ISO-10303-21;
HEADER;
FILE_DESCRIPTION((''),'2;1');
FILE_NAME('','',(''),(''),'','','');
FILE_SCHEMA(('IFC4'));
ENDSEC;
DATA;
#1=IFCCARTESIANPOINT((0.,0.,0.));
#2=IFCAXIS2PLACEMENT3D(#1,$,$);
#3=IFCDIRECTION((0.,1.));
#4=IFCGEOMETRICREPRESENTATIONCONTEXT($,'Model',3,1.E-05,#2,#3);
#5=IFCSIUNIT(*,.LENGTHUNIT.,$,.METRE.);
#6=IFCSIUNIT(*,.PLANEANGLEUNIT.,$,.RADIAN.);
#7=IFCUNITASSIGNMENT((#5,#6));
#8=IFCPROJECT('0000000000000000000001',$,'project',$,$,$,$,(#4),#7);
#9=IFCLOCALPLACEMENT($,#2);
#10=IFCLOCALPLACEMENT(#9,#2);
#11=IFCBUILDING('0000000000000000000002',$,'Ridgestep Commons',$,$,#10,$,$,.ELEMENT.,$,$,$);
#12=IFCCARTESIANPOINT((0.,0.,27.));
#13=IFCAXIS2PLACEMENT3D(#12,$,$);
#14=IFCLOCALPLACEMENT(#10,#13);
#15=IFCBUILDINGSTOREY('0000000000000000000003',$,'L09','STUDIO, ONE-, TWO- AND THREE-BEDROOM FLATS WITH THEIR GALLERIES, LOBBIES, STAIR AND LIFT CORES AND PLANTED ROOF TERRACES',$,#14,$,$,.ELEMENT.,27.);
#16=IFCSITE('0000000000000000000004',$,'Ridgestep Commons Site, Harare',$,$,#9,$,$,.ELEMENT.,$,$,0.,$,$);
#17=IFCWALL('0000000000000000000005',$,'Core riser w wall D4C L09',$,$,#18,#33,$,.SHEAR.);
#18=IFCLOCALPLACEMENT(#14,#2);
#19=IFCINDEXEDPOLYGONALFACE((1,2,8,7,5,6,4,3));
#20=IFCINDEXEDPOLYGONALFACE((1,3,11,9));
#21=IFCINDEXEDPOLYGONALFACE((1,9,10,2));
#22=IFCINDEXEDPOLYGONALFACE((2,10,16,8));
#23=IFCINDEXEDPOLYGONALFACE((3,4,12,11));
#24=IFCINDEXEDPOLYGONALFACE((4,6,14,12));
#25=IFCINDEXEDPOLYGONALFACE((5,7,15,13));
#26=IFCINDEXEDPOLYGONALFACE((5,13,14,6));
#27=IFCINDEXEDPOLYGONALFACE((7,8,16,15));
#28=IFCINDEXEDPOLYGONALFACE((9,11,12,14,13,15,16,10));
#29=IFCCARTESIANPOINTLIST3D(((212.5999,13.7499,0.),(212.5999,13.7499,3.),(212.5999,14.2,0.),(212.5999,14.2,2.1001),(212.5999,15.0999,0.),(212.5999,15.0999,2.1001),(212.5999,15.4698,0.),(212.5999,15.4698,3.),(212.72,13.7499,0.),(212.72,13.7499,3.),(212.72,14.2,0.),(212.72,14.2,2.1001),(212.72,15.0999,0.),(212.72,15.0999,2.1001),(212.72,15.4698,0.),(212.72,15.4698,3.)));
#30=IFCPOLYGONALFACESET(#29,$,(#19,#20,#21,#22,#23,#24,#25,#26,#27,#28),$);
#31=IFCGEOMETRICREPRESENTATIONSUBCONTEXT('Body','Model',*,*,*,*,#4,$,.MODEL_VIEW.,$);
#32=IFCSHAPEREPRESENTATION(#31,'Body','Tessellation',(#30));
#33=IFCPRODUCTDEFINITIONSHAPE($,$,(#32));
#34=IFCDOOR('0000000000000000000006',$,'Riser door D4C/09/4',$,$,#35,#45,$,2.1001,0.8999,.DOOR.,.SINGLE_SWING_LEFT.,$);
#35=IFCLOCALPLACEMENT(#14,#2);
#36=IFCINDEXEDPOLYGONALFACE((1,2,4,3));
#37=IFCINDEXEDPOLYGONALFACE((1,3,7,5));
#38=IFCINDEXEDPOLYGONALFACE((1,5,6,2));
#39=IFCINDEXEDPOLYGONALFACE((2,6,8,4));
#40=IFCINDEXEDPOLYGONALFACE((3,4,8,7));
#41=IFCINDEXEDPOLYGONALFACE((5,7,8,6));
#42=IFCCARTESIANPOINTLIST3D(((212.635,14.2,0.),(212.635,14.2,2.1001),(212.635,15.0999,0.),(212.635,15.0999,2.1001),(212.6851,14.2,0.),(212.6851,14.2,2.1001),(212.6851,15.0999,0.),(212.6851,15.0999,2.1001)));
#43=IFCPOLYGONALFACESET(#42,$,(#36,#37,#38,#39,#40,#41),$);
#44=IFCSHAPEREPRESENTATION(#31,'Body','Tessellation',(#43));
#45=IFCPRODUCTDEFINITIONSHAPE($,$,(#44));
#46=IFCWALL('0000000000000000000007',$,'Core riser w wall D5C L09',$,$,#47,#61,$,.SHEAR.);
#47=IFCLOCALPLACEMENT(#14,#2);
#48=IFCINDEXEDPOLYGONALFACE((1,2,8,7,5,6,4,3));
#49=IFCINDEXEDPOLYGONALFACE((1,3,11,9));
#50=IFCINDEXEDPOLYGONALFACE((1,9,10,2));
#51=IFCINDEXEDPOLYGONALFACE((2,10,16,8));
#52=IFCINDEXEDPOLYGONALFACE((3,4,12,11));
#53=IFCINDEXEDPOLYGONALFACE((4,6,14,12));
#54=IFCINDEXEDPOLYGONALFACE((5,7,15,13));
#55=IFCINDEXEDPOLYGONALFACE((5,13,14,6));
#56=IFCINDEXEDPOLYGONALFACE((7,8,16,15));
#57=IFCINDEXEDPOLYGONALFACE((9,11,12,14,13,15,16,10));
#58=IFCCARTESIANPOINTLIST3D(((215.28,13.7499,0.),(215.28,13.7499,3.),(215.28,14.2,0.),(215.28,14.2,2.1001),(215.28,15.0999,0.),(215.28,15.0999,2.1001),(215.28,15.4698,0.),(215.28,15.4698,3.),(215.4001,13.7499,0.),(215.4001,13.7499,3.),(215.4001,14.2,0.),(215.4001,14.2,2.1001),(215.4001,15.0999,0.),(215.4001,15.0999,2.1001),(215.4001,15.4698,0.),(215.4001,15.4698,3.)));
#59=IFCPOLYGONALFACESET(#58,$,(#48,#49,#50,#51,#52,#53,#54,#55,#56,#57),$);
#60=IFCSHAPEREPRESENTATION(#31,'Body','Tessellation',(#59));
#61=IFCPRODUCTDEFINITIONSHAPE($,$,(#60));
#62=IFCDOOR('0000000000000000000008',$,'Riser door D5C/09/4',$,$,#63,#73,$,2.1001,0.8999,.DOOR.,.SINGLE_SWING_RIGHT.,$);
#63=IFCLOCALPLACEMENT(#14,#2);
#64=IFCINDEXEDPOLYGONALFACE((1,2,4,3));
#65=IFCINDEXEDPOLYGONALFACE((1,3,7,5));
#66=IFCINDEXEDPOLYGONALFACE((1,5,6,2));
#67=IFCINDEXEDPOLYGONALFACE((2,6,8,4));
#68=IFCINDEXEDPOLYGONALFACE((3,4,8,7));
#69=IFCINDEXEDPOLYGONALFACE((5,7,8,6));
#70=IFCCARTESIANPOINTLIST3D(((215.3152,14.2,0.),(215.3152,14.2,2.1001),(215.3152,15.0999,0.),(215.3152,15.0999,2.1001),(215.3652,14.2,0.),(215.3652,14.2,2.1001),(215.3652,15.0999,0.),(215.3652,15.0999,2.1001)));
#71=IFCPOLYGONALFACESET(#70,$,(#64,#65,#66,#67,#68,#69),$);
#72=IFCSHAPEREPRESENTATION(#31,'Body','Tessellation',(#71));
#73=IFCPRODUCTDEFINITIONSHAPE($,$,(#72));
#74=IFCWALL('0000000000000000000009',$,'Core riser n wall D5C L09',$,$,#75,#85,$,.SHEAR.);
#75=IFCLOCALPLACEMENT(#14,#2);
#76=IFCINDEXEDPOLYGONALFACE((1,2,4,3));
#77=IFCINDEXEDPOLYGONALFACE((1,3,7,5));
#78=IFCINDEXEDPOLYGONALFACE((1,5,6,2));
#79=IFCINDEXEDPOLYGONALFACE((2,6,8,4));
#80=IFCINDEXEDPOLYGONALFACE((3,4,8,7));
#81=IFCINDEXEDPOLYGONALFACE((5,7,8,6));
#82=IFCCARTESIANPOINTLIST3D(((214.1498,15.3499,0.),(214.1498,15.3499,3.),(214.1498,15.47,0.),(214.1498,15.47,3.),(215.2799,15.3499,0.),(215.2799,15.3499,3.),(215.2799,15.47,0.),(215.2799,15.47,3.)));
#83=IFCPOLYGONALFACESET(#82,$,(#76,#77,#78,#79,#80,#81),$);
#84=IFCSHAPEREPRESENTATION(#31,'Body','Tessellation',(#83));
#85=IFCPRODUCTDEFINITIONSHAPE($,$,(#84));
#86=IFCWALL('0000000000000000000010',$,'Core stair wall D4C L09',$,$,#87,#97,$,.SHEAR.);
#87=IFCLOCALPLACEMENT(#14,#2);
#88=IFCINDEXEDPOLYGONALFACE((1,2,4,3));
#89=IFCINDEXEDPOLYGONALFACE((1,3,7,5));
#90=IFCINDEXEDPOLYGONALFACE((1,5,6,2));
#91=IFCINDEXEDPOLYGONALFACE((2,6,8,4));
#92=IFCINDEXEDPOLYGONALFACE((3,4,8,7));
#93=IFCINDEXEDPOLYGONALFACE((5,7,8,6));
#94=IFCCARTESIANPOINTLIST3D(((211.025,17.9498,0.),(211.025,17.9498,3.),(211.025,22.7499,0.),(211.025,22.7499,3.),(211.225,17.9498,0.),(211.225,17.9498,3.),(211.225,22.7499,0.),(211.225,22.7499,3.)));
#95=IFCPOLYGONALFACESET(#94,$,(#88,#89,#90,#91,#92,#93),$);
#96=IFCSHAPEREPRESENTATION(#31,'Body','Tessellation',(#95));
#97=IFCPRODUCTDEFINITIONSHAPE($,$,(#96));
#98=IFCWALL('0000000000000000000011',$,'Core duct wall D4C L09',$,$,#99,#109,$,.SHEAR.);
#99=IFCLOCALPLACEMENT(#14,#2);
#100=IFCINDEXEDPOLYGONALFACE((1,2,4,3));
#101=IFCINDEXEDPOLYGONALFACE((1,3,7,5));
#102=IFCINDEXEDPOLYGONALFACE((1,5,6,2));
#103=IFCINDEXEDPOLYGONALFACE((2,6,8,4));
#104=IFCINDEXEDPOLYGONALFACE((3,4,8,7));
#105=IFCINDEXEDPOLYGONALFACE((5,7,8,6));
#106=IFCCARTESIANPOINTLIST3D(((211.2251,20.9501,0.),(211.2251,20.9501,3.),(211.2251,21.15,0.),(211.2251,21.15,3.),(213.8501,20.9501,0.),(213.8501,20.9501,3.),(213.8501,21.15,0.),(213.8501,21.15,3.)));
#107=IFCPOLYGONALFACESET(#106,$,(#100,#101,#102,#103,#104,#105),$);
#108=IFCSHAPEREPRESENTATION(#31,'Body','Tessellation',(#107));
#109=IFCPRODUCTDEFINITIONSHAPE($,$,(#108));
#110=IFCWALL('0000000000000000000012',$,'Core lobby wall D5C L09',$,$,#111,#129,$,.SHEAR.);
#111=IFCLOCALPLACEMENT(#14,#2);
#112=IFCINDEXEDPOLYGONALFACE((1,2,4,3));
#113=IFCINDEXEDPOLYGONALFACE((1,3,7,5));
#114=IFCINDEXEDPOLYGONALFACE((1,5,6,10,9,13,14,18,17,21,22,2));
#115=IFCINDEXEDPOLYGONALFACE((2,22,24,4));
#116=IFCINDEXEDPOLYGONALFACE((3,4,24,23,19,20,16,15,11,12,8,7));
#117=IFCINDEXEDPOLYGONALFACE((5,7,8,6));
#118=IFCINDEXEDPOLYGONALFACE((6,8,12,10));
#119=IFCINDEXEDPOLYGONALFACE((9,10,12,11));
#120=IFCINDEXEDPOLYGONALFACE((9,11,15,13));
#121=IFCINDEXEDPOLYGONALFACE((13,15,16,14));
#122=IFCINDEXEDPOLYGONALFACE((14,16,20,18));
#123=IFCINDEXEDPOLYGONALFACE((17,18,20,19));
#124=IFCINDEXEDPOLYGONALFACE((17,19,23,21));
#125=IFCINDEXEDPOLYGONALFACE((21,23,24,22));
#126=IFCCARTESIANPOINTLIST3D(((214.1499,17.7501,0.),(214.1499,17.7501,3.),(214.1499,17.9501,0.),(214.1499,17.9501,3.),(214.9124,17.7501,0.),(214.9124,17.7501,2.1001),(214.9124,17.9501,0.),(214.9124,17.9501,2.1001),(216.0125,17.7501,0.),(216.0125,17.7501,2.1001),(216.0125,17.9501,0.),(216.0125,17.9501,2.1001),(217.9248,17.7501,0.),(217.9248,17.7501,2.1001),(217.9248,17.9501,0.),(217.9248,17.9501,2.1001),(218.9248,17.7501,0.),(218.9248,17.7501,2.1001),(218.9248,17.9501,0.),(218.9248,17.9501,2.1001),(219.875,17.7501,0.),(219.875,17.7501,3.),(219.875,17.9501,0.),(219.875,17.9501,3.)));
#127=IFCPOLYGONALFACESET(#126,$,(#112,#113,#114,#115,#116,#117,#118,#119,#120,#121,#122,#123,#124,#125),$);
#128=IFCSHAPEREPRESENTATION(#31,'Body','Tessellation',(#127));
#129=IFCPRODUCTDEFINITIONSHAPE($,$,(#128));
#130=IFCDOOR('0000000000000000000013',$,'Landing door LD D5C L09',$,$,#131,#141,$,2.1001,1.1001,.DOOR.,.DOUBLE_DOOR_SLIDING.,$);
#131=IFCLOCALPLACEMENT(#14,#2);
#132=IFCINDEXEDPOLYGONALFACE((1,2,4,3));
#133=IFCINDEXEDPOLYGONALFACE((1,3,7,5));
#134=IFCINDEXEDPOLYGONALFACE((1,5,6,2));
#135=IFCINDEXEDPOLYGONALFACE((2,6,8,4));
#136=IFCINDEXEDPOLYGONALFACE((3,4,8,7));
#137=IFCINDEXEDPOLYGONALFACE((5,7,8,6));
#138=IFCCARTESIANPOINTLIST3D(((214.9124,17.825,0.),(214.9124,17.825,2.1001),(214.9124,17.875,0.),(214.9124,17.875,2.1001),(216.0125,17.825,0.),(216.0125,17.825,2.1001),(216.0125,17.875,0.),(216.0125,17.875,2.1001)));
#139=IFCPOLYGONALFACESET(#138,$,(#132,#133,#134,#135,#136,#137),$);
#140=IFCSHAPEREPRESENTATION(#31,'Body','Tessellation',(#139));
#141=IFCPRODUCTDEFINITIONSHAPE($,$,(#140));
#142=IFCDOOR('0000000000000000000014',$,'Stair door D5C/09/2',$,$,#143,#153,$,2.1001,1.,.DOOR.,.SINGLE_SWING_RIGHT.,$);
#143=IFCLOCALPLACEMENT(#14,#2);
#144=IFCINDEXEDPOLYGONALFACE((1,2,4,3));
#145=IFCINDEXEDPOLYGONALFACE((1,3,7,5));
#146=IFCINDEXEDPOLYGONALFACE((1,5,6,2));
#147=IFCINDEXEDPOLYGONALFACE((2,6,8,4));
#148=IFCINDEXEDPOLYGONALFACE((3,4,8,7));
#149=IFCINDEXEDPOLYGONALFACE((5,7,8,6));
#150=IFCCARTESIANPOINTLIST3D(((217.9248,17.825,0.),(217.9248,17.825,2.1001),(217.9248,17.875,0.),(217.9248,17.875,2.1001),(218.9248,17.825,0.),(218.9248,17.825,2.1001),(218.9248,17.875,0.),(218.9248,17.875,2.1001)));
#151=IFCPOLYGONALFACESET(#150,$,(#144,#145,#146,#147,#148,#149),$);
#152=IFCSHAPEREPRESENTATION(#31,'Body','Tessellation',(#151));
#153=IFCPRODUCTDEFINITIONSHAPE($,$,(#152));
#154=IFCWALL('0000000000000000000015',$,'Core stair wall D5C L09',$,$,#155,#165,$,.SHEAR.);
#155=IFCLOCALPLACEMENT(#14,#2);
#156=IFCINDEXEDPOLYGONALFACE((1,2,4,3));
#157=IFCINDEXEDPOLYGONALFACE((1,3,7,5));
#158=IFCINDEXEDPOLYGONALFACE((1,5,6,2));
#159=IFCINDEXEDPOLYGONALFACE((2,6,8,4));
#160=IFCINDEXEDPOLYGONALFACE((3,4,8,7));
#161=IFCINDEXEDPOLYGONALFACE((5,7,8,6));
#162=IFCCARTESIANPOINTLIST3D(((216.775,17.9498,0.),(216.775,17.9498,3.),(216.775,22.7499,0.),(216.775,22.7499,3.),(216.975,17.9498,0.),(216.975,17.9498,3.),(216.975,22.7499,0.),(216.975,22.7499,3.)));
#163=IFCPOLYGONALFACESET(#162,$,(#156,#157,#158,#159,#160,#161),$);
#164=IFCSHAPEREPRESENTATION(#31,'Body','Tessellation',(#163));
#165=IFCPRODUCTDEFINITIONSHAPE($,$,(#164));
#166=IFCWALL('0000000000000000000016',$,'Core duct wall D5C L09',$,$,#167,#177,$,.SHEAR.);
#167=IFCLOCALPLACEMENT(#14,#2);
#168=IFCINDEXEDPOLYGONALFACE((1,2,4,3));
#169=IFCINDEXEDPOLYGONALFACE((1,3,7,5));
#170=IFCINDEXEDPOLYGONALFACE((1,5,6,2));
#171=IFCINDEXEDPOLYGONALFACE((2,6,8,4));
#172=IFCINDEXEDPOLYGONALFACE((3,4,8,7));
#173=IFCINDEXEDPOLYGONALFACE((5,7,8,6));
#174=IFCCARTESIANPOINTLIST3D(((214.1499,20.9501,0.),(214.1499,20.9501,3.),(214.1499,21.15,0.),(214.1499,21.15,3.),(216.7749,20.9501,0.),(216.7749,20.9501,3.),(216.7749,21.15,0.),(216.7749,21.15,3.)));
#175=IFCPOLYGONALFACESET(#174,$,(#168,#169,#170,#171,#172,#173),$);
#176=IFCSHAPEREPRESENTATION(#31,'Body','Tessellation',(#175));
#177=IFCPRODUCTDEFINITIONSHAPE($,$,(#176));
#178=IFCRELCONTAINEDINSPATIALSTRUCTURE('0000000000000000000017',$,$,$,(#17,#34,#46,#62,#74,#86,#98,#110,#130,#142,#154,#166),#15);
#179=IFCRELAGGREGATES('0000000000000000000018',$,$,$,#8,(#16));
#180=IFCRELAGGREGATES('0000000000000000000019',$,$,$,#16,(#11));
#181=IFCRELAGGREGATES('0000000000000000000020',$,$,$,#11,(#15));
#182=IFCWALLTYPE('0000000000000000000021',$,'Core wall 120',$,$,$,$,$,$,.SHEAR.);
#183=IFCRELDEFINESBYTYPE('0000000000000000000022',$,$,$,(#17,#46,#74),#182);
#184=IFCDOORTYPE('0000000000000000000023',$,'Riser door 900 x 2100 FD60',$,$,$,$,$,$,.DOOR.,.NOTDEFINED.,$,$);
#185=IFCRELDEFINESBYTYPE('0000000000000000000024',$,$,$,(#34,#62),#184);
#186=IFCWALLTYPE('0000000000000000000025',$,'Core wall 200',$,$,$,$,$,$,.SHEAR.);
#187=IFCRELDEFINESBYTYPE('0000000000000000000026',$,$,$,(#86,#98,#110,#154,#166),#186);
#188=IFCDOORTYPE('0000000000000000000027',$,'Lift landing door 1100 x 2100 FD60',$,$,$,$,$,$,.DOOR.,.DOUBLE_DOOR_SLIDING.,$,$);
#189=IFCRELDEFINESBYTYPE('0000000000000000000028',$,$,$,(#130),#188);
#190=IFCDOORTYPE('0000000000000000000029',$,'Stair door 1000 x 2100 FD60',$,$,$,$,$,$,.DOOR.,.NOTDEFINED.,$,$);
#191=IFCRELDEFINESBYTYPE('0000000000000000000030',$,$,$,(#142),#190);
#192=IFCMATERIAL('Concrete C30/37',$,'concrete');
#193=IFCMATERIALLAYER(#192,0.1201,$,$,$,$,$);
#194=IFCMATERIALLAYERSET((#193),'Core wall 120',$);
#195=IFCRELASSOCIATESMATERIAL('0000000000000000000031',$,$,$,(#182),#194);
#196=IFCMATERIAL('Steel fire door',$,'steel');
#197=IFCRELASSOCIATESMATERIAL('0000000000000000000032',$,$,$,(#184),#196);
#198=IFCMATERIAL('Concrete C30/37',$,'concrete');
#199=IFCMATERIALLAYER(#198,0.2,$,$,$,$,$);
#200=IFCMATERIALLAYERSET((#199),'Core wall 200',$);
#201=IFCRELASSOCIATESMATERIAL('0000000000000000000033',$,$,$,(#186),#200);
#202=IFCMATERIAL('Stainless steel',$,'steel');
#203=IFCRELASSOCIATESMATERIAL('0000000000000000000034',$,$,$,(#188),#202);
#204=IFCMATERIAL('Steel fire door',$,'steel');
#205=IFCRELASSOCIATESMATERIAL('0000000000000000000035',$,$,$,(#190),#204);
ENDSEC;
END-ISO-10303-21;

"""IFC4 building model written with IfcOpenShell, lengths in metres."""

from ifc_helpers import new_model, si_unit, direction, frame, frame_2d, origin, place, context, subcontext, project, spatial, rectangle, extrude, material, layer, layer_set, type_object, element, fill, save


model = new_model("IFC4")

# Units and contexts
model_context = context("Model", 3, precision=1e-05, world=origin(), true_north=direction((0.0, 1.0)))
body_context = subcontext(model_context, "Body", "Model", "MODEL_VIEW")
ifc_project = project(units=[si_unit("LENGTHUNIT", "METRE"), si_unit("PLANEANGLEUNIT", "RADIAN")], contexts=[model_context])

# Site, building, storey
site_placement = place(None, origin())
site = spatial("IfcSite", under=ifc_project, at=site_placement, Name="Ridgestep Commons Site, Harare", CompositionType="ELEMENT", RefElevation=0.0)
building_placement = place(site_placement, origin())
building = spatial("IfcBuilding", under=site, at=building_placement, Name="Ridgestep Commons", CompositionType="ELEMENT")
storey_placement = place(building_placement, frame((0.0, 0.0, 27.0)))
storey = spatial("IfcBuildingStorey", under=building, at=storey_placement, Name="L09", Description="STUDIO, ONE-, TWO- AND THREE-BEDROOM FLATS WITH THEIR GALLERIES, LOBBIES, STAIR AND LIFT CORES AND PLANTED ROOF TERRACES", CompositionType="ELEMENT", Elevation=27.0)

# Wall, opening, door
ifc_material_1 = material(Name="Concrete C30/37", Category="concrete")
ifc_layer_1 = layer(ifc_material_1, 0.1201)
ifc_layer_set_1 = layer_set([ifc_layer_1], Name="Core wall 120")
wall_type_1 = type_object("IfcWallType", Name="Core wall 120", PredefinedType="SHEAR", material=ifc_layer_set_1)
wall_1_placement = place(storey_placement, frame((212.6599, 13.75, 0.0), z_axis=(0.0, 0.0, 1.0), x_axis=(0.0, 1.0, 0.0)))
wall_1 = element("IfcWall", 1, at=wall_1_placement, inside=storey, type_object=wall_type_1, Name="Core riser w wall D4C L09", PredefinedType="SHEAR", context=body_context, shape_type="SweptSolid", body=[
    extrude(rectangle(XDim=1.72, YDim=0.1201, at=frame_2d((0.8599, 0.0))), origin(), (0.0, 0.0, 1.0), 3.0),
])
opening_1_placement = place(wall_1_placement, frame((0.45, 0.0, 0.0)))
opening_1 = element("IfcOpeningElement", 2, at=opening_1_placement, cuts=wall_1, PredefinedType="OPENING", context=body_context, shape_type="SweptSolid", body=[
    extrude(rectangle(XDim=0.8999, YDim=2.1001, at=frame_2d((0.45, 1.05))), frame((0.0, 0.0701, 0.0), z_axis=(0.0, -1.0, 0.0), x_axis=(1.0, 0.0, 0.0)), (0.0, 0.0, 1.0), 0.1401),
])
ifc_material_2 = material(Name="Steel fire door", Category="steel")
door_type_1 = type_object("IfcDoorType", Name="Riser door 900 x 2100 FD60", OperationType="NOTDEFINED", PredefinedType="DOOR", material=ifc_material_2)
door_1_placement = place(opening_1_placement, origin())
door_1 = element("IfcDoor", 3, at=door_1_placement, inside=storey, type_object=door_type_1, Name="Riser door D4C/09/4", OperationType="SINGLE_SWING_LEFT", OverallHeight=2.1001, OverallWidth=0.8999, PredefinedType="DOOR", context=body_context, shape_type="SweptSolid", body=[
    extrude(rectangle(XDim=0.8999, YDim=2.1001, at=frame_2d((0.45, 1.05))), frame((0.0, 0.0249, 0.0), z_axis=(0.0, -1.0, 0.0), x_axis=(1.0, 0.0, 0.0)), (0.0, 0.0, 1.0), 0.05),
])
fill(opening_1, door_1)

# Wall, opening, door
wall_2_placement = place(storey_placement, frame((215.3401, 13.75, 0.0), z_axis=(0.0, 0.0, 1.0), x_axis=(0.0, 1.0, 0.0)))
wall_2 = element("IfcWall", 4, at=wall_2_placement, inside=storey, type_object=wall_type_1, Name="Core riser w wall D5C L09", PredefinedType="SHEAR", context=body_context, shape_type="SweptSolid", body=[
    extrude(rectangle(XDim=1.72, YDim=0.1201, at=frame_2d((0.8599, 0.0))), origin(), (0.0, 0.0, 1.0), 3.0),
])
opening_2_placement = place(wall_2_placement, frame((0.45, 0.0, 0.0)))
opening_2 = element("IfcOpeningElement", 5, at=opening_2_placement, cuts=wall_2, PredefinedType="OPENING", context=body_context, shape_type="SweptSolid", body=[
    extrude(rectangle(XDim=0.8999, YDim=2.1001, at=frame_2d((0.45, 1.05))), frame((0.0, 0.0701, 0.0), z_axis=(0.0, -1.0, 0.0), x_axis=(1.0, 0.0, 0.0)), (0.0, 0.0, 1.0), 0.1401),
])
door_2_placement = place(opening_2_placement, origin())
door_2 = element("IfcDoor", 6, at=door_2_placement, inside=storey, type_object=door_type_1, Name="Riser door D5C/09/4", OperationType="SINGLE_SWING_RIGHT", OverallHeight=2.1001, OverallWidth=0.8999, PredefinedType="DOOR", context=body_context, shape_type="SweptSolid", body=[
    extrude(rectangle(XDim=0.8999, YDim=2.1001, at=frame_2d((0.45, 1.05))), frame((0.0, 0.0249, 0.0), z_axis=(0.0, -1.0, 0.0), x_axis=(1.0, 0.0, 0.0)), (0.0, 0.0, 1.0), 0.05),
])
fill(opening_2, door_2)

# Walls
wall_3_placement = place(storey_placement, frame((214.1499, 15.4099, 0.0), z_axis=(0.0, 0.0, 1.0), x_axis=(1.0, 0.0, 0.0)))
element("IfcWall", 7, at=wall_3_placement, inside=storey, type_object=wall_type_1, Name="Core riser n wall D5C L09", PredefinedType="SHEAR", context=body_context, shape_type="SweptSolid", body=[
    extrude(rectangle(XDim=1.1301, YDim=0.1201, at=frame_2d((0.5649, 0.0))), origin(), (0.0, 0.0, 1.0), 3.0),
])
ifc_material_3 = material(Name="Concrete C30/37", Category="concrete")
ifc_layer_2 = layer(ifc_material_3, 0.2)
ifc_layer_set_2 = layer_set([ifc_layer_2], Name="Core wall 200")
wall_type_2 = type_object("IfcWallType", Name="Core wall 200", PredefinedType="SHEAR", material=ifc_layer_set_2)
wall_4_placement = place(storey_placement, frame((211.125, 17.95, 0.0), z_axis=(0.0, 0.0, 1.0), x_axis=(0.0, 1.0, 0.0)))
element("IfcWall", 8, at=wall_4_placement, inside=storey, type_object=wall_type_2, Name="Core stair wall D4C L09", PredefinedType="SHEAR", context=body_context, shape_type="SweptSolid", body=[
    extrude(rectangle(XDim=4.8, YDim=0.2, at=frame_2d((2.3999, 0.0))), origin(), (0.0, 0.0, 1.0), 3.0),
])
wall_5_placement = place(storey_placement, frame((211.2251, 21.05, 0.0), z_axis=(0.0, 0.0, 1.0), x_axis=(1.0, 0.0, 0.0)))
element("IfcWall", 9, at=wall_5_placement, inside=storey, type_object=wall_type_2, Name="Core duct wall D4C L09", PredefinedType="SHEAR", context=body_context, shape_type="SweptSolid", body=[
    extrude(rectangle(XDim=2.625, YDim=0.2, at=frame_2d((1.3125, 0.0))), origin(), (0.0, 0.0, 1.0), 3.0),
])

# Wall, openings, doors
wall_6_placement = place(storey_placement, frame((214.1499, 17.8501, 0.0), z_axis=(0.0, 0.0, 1.0), x_axis=(1.0, 0.0, 0.0)))
wall_6 = element("IfcWall", 10, at=wall_6_placement, inside=storey, type_object=wall_type_2, Name="Core lobby wall D5C L09", PredefinedType="SHEAR", context=body_context, shape_type="SweptSolid", body=[
    extrude(rectangle(XDim=5.7251, YDim=0.2, at=frame_2d((2.8625, 0.0))), origin(), (0.0, 0.0, 1.0), 3.0),
])
opening_3_placement = place(wall_6_placement, frame((3.7749, 0.0, 0.0)))
opening_3 = element("IfcOpeningElement", 11, at=opening_3_placement, cuts=wall_6, PredefinedType="OPENING", context=body_context, shape_type="SweptSolid", body=[
    extrude(rectangle(XDim=1.0, YDim=2.1001, at=frame_2d((0.5, 1.05))), frame((0.0, 0.1099, 0.0), z_axis=(0.0, -1.0, 0.0), x_axis=(1.0, 0.0, 0.0)), (0.0, 0.0, 1.0), 0.22),
])
opening_4_placement = place(wall_6_placement, frame((0.7625, 0.0, 0.0)))
opening_4 = element("IfcOpeningElement", 12, at=opening_4_placement, cuts=wall_6, PredefinedType="OPENING", context=body_context, shape_type="SweptSolid", body=[
    extrude(rectangle(XDim=1.1001, YDim=2.1001, at=frame_2d((0.55, 1.05))), frame((0.0, 0.1099, 0.0), z_axis=(0.0, -1.0, 0.0), x_axis=(1.0, 0.0, 0.0)), (0.0, 0.0, 1.0), 0.22),
])
ifc_material_4 = material(Name="Stainless steel", Category="steel")
door_type_2 = type_object("IfcDoorType", Name="Lift landing door 1100 x 2100 FD60", OperationType="DOUBLE_DOOR_SLIDING", PredefinedType="DOOR", material=ifc_material_4)
door_3_placement = place(opening_4_placement, origin())
door_3 = element("IfcDoor", 13, at=door_3_placement, inside=storey, type_object=door_type_2, Name="Landing door LD D5C L09", OperationType="DOUBLE_DOOR_SLIDING", OverallHeight=2.1001, OverallWidth=1.1001, PredefinedType="DOOR", context=body_context, shape_type="SweptSolid", body=[
    extrude(rectangle(XDim=1.1001, YDim=2.1001, at=frame_2d((0.55, 1.05))), frame((0.0, 0.0249, 0.0), z_axis=(0.0, -1.0, 0.0), x_axis=(1.0, 0.0, 0.0)), (0.0, 0.0, 1.0), 0.05),
])
fill(opening_4, door_3)
ifc_material_5 = material(Name="Steel fire door", Category="steel")
door_type_3 = type_object("IfcDoorType", Name="Stair door 1000 x 2100 FD60", OperationType="NOTDEFINED", PredefinedType="DOOR", material=ifc_material_5)
door_4_placement = place(opening_3_placement, origin())
door_4 = element("IfcDoor", 14, at=door_4_placement, inside=storey, type_object=door_type_3, Name="Stair door D5C/09/2", OperationType="SINGLE_SWING_RIGHT", OverallHeight=2.1001, OverallWidth=1.0, PredefinedType="DOOR", context=body_context, shape_type="SweptSolid", body=[
    extrude(rectangle(XDim=1.0, YDim=2.1001, at=frame_2d((0.5, 1.05))), frame((0.0, 0.0249, 0.0), z_axis=(0.0, -1.0, 0.0), x_axis=(1.0, 0.0, 0.0)), (0.0, 0.0, 1.0), 0.05),
])
fill(opening_3, door_4)

# Walls
wall_7_placement = place(storey_placement, frame((216.875, 17.95, 0.0), z_axis=(0.0, 0.0, 1.0), x_axis=(0.0, 1.0, 0.0)))
element("IfcWall", 15, at=wall_7_placement, inside=storey, type_object=wall_type_2, Name="Core stair wall D5C L09", PredefinedType="SHEAR", context=body_context, shape_type="SweptSolid", body=[
    extrude(rectangle(XDim=4.8, YDim=0.2, at=frame_2d((2.3999, 0.0))), origin(), (0.0, 0.0, 1.0), 3.0),
])
wall_8_placement = place(storey_placement, frame((214.1499, 21.05, 0.0), z_axis=(0.0, 0.0, 1.0), x_axis=(1.0, 0.0, 0.0)))
element("IfcWall", 16, at=wall_8_placement, inside=storey, type_object=wall_type_2, Name="Core duct wall D5C L09", PredefinedType="SHEAR", context=body_context, shape_type="SweptSolid", body=[
    extrude(rectangle(XDim=2.625, YDim=0.2, at=frame_2d((1.3125, 0.0))), origin(), (0.0, 0.0, 1.0), 3.0),
])

save(model, "model.ifc")
